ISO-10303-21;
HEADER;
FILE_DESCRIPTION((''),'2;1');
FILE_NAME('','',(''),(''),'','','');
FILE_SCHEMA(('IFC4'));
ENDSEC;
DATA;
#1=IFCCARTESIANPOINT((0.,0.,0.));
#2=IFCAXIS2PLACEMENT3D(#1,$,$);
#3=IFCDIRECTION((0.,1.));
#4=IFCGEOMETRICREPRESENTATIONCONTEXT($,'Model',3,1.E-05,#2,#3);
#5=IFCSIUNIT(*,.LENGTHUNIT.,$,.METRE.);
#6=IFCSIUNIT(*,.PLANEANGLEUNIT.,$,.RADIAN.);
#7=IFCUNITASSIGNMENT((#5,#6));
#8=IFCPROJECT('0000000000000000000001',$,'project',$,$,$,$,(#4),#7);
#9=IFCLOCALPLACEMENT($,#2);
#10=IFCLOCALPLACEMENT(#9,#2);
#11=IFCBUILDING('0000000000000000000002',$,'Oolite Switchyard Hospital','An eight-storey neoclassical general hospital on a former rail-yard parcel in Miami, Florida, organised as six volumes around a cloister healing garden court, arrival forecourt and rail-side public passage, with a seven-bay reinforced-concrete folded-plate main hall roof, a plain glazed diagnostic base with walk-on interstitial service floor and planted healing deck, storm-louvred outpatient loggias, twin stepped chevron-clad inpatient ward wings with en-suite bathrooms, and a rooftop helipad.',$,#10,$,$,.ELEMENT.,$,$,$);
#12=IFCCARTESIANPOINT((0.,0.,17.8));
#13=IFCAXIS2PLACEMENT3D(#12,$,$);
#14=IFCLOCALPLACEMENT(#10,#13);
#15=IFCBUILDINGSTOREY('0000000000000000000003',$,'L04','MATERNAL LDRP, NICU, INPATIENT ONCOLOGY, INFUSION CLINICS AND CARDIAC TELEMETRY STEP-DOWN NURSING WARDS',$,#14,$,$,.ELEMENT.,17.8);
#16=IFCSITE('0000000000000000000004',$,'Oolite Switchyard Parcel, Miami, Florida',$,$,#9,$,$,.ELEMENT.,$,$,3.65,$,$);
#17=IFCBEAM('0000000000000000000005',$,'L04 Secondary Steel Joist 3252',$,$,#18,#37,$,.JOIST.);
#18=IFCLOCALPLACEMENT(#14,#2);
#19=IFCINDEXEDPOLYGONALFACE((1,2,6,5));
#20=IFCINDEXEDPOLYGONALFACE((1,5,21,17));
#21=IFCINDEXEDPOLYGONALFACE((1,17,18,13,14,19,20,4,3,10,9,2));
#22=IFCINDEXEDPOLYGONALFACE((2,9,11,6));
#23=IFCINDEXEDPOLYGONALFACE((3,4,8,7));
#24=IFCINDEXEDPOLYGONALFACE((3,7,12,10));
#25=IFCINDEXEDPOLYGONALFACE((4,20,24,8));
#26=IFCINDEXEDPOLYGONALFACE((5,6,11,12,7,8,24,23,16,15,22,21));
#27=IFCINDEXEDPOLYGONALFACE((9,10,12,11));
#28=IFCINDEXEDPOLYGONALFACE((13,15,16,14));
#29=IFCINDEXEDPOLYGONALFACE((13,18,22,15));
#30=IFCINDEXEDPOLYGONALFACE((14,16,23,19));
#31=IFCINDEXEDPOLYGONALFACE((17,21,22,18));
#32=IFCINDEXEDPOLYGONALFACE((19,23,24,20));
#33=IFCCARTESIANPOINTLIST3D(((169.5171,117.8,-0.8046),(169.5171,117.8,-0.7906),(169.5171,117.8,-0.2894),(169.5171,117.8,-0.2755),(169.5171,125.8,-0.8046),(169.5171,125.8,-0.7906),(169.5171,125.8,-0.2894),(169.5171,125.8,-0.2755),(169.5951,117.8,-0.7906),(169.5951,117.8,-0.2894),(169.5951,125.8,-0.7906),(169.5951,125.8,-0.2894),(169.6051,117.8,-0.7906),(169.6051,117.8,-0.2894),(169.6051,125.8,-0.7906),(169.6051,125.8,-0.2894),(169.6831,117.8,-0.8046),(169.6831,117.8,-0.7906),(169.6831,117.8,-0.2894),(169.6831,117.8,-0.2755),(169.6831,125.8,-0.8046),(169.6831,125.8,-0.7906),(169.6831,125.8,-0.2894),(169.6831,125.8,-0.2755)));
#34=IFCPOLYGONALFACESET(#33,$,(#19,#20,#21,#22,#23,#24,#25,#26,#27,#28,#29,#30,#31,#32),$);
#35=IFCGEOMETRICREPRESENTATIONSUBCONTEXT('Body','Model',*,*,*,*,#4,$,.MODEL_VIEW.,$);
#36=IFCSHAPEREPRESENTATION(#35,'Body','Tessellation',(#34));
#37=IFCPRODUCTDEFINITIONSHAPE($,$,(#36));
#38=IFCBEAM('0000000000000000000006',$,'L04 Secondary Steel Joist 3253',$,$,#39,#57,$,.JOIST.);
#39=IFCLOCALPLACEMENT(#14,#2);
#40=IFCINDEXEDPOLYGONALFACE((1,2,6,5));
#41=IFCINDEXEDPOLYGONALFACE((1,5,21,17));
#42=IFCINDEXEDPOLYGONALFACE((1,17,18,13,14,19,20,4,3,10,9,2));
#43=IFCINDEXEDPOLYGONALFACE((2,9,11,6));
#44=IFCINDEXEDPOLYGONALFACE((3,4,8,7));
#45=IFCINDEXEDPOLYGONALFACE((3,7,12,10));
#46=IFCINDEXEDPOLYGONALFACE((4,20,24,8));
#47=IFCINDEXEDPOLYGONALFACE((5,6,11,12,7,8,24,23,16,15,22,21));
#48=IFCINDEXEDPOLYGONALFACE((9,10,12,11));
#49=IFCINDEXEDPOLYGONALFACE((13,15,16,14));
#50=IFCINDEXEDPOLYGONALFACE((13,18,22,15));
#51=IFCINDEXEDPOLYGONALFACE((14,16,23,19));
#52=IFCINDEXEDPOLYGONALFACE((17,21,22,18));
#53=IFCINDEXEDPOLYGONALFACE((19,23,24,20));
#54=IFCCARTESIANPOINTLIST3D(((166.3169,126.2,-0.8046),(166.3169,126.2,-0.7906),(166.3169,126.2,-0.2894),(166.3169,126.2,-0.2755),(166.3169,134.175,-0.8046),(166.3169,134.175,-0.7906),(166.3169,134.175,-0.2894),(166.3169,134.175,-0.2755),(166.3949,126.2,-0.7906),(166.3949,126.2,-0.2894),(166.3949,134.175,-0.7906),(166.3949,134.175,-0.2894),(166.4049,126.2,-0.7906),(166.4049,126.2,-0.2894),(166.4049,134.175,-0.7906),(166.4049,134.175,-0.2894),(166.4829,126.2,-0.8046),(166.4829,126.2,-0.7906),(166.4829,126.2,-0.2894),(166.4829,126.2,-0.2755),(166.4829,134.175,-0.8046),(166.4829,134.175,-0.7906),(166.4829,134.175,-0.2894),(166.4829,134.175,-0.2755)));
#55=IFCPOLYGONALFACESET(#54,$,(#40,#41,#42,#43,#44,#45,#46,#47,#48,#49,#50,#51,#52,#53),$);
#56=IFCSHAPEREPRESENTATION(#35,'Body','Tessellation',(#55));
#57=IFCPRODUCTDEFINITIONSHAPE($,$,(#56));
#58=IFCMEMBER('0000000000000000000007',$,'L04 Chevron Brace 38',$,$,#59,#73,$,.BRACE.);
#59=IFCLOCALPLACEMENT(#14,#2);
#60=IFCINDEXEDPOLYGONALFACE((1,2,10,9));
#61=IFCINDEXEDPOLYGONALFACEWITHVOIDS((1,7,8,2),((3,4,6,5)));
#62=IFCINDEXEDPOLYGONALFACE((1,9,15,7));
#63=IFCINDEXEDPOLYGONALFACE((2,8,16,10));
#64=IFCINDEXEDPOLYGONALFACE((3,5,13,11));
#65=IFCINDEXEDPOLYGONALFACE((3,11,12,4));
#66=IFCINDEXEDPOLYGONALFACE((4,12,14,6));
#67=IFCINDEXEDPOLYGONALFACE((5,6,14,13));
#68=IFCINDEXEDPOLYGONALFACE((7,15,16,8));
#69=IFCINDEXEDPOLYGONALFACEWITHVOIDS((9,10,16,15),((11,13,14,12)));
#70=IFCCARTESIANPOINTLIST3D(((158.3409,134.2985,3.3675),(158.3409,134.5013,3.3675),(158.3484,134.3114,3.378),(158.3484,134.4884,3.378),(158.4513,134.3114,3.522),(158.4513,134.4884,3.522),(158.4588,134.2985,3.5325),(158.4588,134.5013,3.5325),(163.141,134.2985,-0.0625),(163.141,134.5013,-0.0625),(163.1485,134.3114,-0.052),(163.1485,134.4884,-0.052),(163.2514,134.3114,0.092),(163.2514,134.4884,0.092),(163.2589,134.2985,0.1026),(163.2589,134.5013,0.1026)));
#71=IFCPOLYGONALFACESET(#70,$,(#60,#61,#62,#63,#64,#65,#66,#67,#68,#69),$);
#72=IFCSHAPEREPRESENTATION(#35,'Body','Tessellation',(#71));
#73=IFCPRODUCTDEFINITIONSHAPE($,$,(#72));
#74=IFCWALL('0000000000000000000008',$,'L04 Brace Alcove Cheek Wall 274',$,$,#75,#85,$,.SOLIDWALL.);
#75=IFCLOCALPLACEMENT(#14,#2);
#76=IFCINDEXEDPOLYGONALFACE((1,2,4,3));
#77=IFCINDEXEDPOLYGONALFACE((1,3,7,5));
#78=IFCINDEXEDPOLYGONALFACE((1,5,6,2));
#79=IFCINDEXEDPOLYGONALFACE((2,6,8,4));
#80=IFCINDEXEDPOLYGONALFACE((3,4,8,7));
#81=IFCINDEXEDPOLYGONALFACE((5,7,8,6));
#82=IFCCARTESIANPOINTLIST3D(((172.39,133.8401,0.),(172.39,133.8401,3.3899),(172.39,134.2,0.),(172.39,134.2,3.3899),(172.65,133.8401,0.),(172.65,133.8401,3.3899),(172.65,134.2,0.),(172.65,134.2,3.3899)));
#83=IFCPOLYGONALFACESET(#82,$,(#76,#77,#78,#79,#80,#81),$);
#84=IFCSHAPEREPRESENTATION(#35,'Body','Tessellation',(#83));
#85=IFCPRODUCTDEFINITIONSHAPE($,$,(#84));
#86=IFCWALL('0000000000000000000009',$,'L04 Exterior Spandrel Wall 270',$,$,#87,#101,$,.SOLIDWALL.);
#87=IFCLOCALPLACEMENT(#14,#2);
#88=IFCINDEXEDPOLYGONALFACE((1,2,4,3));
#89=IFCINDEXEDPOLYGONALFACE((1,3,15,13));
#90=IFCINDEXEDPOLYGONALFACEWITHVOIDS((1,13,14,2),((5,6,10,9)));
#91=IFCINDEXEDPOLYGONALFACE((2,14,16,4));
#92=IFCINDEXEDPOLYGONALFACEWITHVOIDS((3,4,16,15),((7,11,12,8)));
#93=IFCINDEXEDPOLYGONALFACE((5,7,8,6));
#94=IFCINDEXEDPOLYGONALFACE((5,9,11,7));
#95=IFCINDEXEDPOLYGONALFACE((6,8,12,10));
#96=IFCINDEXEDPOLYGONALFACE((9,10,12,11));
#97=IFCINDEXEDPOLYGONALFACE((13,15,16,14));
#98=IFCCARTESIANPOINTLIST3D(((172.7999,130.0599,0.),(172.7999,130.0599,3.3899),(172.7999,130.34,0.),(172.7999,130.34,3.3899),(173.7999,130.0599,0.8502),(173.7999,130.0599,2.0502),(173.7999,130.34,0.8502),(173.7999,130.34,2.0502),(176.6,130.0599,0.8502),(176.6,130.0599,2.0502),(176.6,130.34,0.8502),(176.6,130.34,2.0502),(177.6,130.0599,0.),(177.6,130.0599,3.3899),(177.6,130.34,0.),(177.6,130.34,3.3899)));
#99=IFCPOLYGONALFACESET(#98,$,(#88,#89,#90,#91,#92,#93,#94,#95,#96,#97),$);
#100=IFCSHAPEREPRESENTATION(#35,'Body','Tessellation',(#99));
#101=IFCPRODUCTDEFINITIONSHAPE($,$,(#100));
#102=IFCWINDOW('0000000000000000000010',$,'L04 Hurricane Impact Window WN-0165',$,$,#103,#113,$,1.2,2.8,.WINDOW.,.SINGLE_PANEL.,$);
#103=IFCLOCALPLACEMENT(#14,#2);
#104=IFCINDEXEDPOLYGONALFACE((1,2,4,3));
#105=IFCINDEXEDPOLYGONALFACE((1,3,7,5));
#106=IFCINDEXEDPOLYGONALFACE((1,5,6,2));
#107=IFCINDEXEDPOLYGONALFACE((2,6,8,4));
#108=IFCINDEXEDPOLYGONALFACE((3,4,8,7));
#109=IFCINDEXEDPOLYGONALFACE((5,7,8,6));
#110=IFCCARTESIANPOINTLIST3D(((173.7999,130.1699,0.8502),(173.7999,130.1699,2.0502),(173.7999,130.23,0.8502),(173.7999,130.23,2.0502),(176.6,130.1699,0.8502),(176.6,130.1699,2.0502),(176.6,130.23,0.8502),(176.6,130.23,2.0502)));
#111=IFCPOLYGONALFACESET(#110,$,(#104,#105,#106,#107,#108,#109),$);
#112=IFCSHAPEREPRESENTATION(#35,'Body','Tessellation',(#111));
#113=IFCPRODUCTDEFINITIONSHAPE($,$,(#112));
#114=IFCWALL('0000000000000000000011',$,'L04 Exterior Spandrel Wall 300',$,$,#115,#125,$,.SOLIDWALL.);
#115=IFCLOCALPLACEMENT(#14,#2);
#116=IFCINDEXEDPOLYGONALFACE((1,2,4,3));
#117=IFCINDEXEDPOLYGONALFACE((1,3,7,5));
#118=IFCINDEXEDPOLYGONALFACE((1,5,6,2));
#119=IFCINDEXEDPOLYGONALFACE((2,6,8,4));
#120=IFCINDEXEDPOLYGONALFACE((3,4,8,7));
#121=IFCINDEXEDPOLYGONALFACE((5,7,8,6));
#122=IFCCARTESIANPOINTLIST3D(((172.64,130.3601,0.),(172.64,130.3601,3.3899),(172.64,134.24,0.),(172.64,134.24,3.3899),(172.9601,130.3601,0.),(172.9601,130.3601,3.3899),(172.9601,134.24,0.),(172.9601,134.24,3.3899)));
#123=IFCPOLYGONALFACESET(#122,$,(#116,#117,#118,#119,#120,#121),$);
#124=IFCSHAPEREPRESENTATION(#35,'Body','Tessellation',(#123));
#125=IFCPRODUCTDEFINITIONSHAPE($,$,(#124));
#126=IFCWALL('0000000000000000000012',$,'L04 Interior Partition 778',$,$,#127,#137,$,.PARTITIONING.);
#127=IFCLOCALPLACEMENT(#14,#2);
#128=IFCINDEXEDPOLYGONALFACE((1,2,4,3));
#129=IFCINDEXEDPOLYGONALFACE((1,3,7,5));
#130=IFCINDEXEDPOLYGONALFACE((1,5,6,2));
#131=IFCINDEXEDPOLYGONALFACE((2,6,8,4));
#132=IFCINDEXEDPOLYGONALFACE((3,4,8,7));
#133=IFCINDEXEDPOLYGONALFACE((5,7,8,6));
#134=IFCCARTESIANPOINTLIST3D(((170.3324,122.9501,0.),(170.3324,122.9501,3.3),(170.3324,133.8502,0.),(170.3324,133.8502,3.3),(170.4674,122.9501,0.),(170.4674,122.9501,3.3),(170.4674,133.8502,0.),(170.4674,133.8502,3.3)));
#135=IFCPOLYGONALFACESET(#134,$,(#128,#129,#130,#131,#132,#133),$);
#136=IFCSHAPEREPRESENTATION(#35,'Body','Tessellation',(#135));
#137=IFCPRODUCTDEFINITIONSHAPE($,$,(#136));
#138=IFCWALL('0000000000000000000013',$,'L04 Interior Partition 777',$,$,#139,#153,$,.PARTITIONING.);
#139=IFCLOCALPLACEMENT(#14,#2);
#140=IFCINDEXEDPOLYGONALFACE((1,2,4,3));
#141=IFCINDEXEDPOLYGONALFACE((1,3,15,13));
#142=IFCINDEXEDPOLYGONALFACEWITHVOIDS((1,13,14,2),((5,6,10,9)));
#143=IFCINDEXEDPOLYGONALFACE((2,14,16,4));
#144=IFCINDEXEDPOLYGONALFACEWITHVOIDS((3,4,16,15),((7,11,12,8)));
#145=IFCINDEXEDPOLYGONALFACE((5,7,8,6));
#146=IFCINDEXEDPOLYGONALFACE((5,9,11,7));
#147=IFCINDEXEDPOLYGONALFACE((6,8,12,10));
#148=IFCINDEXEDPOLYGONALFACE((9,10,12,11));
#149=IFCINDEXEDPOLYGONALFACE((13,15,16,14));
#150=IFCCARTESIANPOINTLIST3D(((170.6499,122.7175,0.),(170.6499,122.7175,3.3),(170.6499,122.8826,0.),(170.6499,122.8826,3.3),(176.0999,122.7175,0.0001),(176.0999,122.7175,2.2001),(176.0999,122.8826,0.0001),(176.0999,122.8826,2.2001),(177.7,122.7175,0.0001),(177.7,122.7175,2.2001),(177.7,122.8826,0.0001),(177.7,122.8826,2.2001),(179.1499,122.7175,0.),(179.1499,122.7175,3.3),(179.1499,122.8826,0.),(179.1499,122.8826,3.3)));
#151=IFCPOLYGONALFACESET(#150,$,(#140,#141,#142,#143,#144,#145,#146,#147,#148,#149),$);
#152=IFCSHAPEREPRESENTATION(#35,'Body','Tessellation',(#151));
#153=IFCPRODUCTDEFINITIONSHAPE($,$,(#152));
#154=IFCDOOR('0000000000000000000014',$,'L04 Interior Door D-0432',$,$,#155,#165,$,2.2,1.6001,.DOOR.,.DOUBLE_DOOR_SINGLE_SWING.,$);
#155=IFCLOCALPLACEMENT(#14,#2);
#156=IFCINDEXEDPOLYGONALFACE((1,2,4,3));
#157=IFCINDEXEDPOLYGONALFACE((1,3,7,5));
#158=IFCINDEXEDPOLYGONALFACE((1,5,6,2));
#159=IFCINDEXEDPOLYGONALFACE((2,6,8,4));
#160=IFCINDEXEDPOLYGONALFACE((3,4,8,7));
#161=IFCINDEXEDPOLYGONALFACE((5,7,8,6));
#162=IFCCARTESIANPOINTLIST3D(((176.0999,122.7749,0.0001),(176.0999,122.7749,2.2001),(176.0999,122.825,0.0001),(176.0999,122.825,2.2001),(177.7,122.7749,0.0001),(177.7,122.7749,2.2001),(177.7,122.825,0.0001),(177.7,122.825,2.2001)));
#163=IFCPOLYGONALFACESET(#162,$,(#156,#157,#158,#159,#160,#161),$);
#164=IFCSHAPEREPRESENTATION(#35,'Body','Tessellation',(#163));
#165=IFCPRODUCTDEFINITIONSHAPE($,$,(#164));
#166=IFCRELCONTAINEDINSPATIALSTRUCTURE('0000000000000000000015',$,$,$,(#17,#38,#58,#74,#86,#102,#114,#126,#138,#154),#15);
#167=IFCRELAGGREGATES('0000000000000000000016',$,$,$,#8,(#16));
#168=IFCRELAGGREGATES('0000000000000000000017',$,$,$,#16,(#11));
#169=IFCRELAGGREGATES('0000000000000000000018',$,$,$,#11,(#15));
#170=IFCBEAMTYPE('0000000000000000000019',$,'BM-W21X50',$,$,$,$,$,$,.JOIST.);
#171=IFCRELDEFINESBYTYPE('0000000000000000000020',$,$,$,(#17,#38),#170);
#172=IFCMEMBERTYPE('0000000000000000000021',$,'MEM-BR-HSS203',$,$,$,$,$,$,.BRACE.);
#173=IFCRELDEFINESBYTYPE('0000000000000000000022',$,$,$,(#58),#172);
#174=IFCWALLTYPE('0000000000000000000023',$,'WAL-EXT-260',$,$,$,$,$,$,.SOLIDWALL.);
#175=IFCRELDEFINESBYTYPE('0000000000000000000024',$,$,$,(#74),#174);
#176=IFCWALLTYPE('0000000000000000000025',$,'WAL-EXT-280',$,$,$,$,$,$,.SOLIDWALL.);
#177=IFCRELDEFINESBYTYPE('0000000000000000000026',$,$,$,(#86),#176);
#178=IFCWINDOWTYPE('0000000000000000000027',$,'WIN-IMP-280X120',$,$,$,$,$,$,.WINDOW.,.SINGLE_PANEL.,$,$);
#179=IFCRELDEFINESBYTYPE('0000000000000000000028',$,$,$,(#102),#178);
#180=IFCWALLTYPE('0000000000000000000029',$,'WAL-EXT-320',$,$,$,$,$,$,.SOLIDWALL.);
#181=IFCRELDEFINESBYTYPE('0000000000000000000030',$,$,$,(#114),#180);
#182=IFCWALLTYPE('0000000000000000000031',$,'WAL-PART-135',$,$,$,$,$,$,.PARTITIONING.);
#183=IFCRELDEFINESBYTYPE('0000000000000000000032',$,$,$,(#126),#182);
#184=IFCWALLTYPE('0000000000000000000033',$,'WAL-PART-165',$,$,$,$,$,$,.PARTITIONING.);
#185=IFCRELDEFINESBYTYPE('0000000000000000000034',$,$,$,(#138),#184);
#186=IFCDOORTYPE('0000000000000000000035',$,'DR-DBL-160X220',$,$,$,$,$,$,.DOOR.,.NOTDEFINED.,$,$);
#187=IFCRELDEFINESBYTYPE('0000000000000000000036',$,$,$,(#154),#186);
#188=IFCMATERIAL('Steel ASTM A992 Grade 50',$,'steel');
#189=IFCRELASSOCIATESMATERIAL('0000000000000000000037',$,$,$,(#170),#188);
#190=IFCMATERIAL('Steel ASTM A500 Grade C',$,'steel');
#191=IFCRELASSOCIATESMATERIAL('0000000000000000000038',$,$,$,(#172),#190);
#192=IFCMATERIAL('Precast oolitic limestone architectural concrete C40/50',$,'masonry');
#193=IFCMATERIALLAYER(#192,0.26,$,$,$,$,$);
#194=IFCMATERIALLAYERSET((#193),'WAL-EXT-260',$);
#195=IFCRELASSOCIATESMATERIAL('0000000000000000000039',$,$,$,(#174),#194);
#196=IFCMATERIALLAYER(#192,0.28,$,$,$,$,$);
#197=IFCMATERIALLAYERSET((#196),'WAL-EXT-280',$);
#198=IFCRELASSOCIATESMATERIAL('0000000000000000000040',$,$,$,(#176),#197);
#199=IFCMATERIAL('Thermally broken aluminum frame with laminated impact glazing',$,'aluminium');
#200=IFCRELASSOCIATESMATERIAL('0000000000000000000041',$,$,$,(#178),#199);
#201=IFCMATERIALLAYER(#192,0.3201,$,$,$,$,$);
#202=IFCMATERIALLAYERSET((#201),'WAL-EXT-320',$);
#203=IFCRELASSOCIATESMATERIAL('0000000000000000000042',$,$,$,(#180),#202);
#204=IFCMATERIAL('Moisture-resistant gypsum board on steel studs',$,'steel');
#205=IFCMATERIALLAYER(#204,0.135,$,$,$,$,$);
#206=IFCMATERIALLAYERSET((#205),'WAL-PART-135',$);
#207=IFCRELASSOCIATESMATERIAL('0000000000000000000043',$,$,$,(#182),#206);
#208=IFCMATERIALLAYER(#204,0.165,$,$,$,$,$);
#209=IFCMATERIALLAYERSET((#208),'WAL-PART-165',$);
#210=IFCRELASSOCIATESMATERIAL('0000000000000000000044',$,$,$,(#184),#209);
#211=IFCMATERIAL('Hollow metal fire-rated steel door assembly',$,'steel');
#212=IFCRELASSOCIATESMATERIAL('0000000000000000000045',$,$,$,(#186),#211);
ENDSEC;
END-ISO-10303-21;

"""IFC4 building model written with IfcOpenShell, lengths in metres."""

from ifc_helpers import new_model, si_unit, direction, frame, frame_2d, origin, origin_2d, place, context, subcontext, project, spatial, rectangle, hollow_rectangle, i_section, extrude, material, layer, layer_set, material_profile, profile_set, type_object, element, fill, save


model = new_model("IFC4")

# Units and contexts
model_context = context("Model", 3, precision=1e-05, world=origin(), true_north=direction((0.0, 1.0)))
body_context = subcontext(model_context, "Body", "Model", "MODEL_VIEW")
ifc_project = project(units=[si_unit("LENGTHUNIT", "METRE"), si_unit("PLANEANGLEUNIT", "RADIAN")], contexts=[model_context])

# Site, building, storey
site_placement = place(None, origin())
site = spatial("IfcSite", under=ifc_project, at=site_placement, Name="Oolite Switchyard Parcel, Miami, Florida", CompositionType="ELEMENT", RefElevation=3.65)
building_placement = place(site_placement, origin())
building = spatial("IfcBuilding", under=site, at=building_placement, Name="Oolite Switchyard Hospital", Description="An eight-storey neoclassical general hospital on a former rail-yard parcel in Miami, Florida, organised as six volumes around a cloister healing garden court, arrival forecourt and rail-side public passage, with a seven-bay reinforced-concrete folded-plate main hall roof, a plain glazed diagnostic base with walk-on interstitial service floor and planted healing deck, storm-louvred outpatient loggias, twin stepped chevron-clad inpatient ward wings with en-suite bathrooms, and a rooftop helipad.", CompositionType="ELEMENT")
storey_placement = place(building_placement, frame((0.0, 0.0, 17.8)))
storey = spatial("IfcBuildingStorey", under=building, at=storey_placement, Name="L04", Description="MATERNAL LDRP, NICU, INPATIENT ONCOLOGY, INFUSION CLINICS AND CARDIAC TELEMETRY STEP-DOWN NURSING WARDS", CompositionType="ELEMENT", Elevation=17.8)

# Beams
ifc_material_1 = material(Name="Steel ASTM A992 Grade 50", Category="steel")
ifc_material_profile_1 = material_profile(ifc_material_1, i_section(OverallWidth=0.166, OverallDepth=0.5291, WebThickness=0.01, FlangeThickness=0.0139, at=origin_2d()), Name="W21X50")
ifc_profile_set_1 = profile_set([ifc_material_profile_1], Name="Steel ASTM A992 Grade 50")
beam_type_1 = type_object("IfcBeamType", Name="BM-W21X50", PredefinedType="JOIST", material=ifc_profile_set_1)
beam_1_placement = place(storey_placement, frame((169.6001, 117.8, -0.54), z_axis=(0.0, 1.0, 0.0), x_axis=(-1.0, 0.0, 0.0)))
element("IfcBeam", 1, at=beam_1_placement, inside=storey, type_object=beam_type_1, Name="L04 Secondary Steel Joist 3252", PredefinedType="JOIST", context=body_context, shape_type="SweptSolid", body=[
    extrude(i_section(OverallWidth=0.166, OverallDepth=0.5291, WebThickness=0.01, FlangeThickness=0.0139, at=origin_2d()), origin(), (0.0, 0.0, 1.0), 8.0),
])
beam_2_placement = place(storey_placement, frame((166.3999, 126.2, -0.54), z_axis=(0.0, 1.0, 0.0), x_axis=(-1.0, 0.0, 0.0)))
element("IfcBeam", 2, at=beam_2_placement, inside=storey, type_object=beam_type_1, Name="L04 Secondary Steel Joist 3253", PredefinedType="JOIST", context=body_context, shape_type="SweptSolid", body=[
    extrude(i_section(OverallWidth=0.166, OverallDepth=0.5291, WebThickness=0.01, FlangeThickness=0.0139, at=origin_2d()), origin(), (0.0, 0.0, 1.0), 7.9751),
])

# Member
ifc_material_2 = material(Name="Steel ASTM A500 Grade C", Category="steel")
ifc_material_profile_2 = material_profile(ifc_material_2, hollow_rectangle(XDim=0.2029, YDim=0.2029, WallThickness=0.0129, at=origin_2d()), Name="HSS203X203X13")
ifc_profile_set_2 = profile_set([ifc_material_profile_2], Name="Steel ASTM A500 Grade C")
member_type = type_object("IfcMemberType", Name="MEM-BR-HSS203", PredefinedType="BRACE", material=ifc_profile_set_2)
member_placement = place(storey_placement, frame((163.2, 134.3999, 0.02), z_axis=(-0.813627, 0.0, 0.581387), x_axis=(0.0, -1.0, 0.0)))
element("IfcMember", 3, at=member_placement, inside=storey, type_object=member_type, Name="L04 Chevron Brace 38", PredefinedType="BRACE", context=body_context, shape_type="SweptSolid", body=[
    extrude(hollow_rectangle(XDim=0.2029, YDim=0.2029, WallThickness=0.0129, at=origin_2d()), origin(), (0.0, 0.0, 1.0), 5.8997),
])

# Wall
ifc_material_3 = material(Name="Precast oolitic limestone architectural concrete C40/50", Category="masonry")
ifc_layer_1 = layer(ifc_material_3, 0.26)
ifc_layer_set_1 = layer_set([ifc_layer_1], Name="WAL-EXT-260")
wall_type_1 = type_object("IfcWallType", Name="WAL-EXT-260", PredefinedType="SOLIDWALL", material=ifc_layer_set_1)
wall_1_placement = place(storey_placement, frame((172.52, 134.2, 0.0), z_axis=(0.0, 0.0, 1.0), x_axis=(0.0, -1.0, 0.0)))
element("IfcWall", 4, at=wall_1_placement, inside=storey, type_object=wall_type_1, Name="L04 Brace Alcove Cheek Wall 274", PredefinedType="SOLIDWALL", context=body_context, shape_type="SweptSolid", body=[
    extrude(rectangle(XDim=0.3599, YDim=0.26, at=frame_2d((0.1799, 0.0))), origin(), (0.0, 0.0, 1.0), 3.3899),
])

# Wall, opening, window
ifc_layer_2 = layer(ifc_material_3, 0.28)
ifc_layer_set_2 = layer_set([ifc_layer_2], Name="WAL-EXT-280")
wall_type_2 = type_object("IfcWallType", Name="WAL-EXT-280", PredefinedType="SOLIDWALL", material=ifc_layer_set_2)
wall_2_placement = place(storey_placement, frame((172.8, 130.2, 0.0), z_axis=(0.0, 0.0, 1.0), x_axis=(1.0, 0.0, 0.0)))
wall_2 = element("IfcWall", 5, at=wall_2_placement, inside=storey, type_object=wall_type_2, Name="L04 Exterior Spandrel Wall 270", PredefinedType="SOLIDWALL", context=body_context, shape_type="SweptSolid", body=[
    extrude(rectangle(XDim=4.8, YDim=0.28, at=frame_2d((2.3999, 0.0))), origin(), (0.0, 0.0, 1.0), 3.3899),
])
opening_1_placement = place(wall_2_placement, frame((1.0, 0.0, 0.8501)))
opening_1 = element("IfcOpeningElement", 6, at=opening_1_placement, cuts=wall_2, PredefinedType="OPENING", context=body_context, shape_type="SweptSolid", body=[
    extrude(rectangle(XDim=2.8, YDim=1.2, at=frame_2d((1.3999, 0.6001))), frame((0.0, 0.1499, 0.0), z_axis=(0.0, -1.0, 0.0), x_axis=(1.0, 0.0, 0.0)), (0.0, 0.0, 1.0), 0.3),
])
ifc_material_4 = material(Name="Thermally broken aluminum frame with laminated impact glazing", Category="aluminium")
window_type = type_object("IfcWindowType", Name="WIN-IMP-280X120", PartitioningType="SINGLE_PANEL", PredefinedType="WINDOW", material=ifc_material_4)
window_placement = place(opening_1_placement, origin())
window = element("IfcWindow", 7, at=window_placement, inside=storey, type_object=window_type, Name="L04 Hurricane Impact Window WN-0165", OverallHeight=1.2, OverallWidth=2.8, PartitioningType="SINGLE_PANEL", PredefinedType="WINDOW", context=body_context, shape_type="SweptSolid", body=[
    extrude(rectangle(XDim=2.8, YDim=1.2, at=frame_2d((1.3999, 0.6001))), frame((0.0, 0.03, 0.0), z_axis=(0.0, -1.0, 0.0), x_axis=(1.0, 0.0, 0.0)), (0.0, 0.0, 1.0), 0.0601),
])
fill(opening_1, window)

# Walls
ifc_layer_3 = layer(ifc_material_3, 0.3201)
ifc_layer_set_3 = layer_set([ifc_layer_3], Name="WAL-EXT-320")
wall_type_3 = type_object("IfcWallType", Name="WAL-EXT-320", PredefinedType="SOLIDWALL", material=ifc_layer_set_3)
wall_3_placement = place(storey_placement, frame((172.8, 134.24, 0.0), z_axis=(0.0, 0.0, 1.0), x_axis=(0.0, -1.0, 0.0)))
element("IfcWall", 8, at=wall_3_placement, inside=storey, type_object=wall_type_3, Name="L04 Exterior Spandrel Wall 300", PredefinedType="SOLIDWALL", context=body_context, shape_type="SweptSolid", body=[
    extrude(rectangle(XDim=3.8799, YDim=0.3201, at=frame_2d((1.9399, 0.0))), origin(), (0.0, 0.0, 1.0), 3.3899),
])
ifc_material_5 = material(Name="Moisture-resistant gypsum board on steel studs", Category="steel")
ifc_layer_4 = layer(ifc_material_5, 0.135)
ifc_layer_set_4 = layer_set([ifc_layer_4], Name="WAL-PART-135")
wall_type_4 = type_object("IfcWallType", Name="WAL-PART-135", PredefinedType="PARTITIONING", material=ifc_layer_set_4)
wall_4_placement = place(storey_placement, frame((170.3999, 122.95, 0.0), z_axis=(0.0, 0.0, 1.0), x_axis=(0.0, 1.0, 0.0)))
element("IfcWall", 9, at=wall_4_placement, inside=storey, type_object=wall_type_4, Name="L04 Interior Partition 778", PredefinedType="PARTITIONING", context=body_context, shape_type="SweptSolid", body=[
    extrude(rectangle(XDim=10.9001, YDim=0.135, at=frame_2d((5.4502, 0.0))), origin(), (0.0, 0.0, 1.0), 3.3),
])

# Wall, opening, door
ifc_layer_5 = layer(ifc_material_5, 0.165)
ifc_layer_set_5 = layer_set([ifc_layer_5], Name="WAL-PART-165")
wall_type_5 = type_object("IfcWallType", Name="WAL-PART-165", PredefinedType="PARTITIONING", material=ifc_layer_set_5)
wall_5_placement = place(storey_placement, frame((170.6499, 122.8, 0.0), z_axis=(0.0, 0.0, 1.0), x_axis=(1.0, 0.0, 0.0)))
wall_5 = element("IfcWall", 10, at=wall_5_placement, inside=storey, type_object=wall_type_5, Name="L04 Interior Partition 777", PredefinedType="PARTITIONING", context=body_context, shape_type="SweptSolid", body=[
    extrude(rectangle(XDim=8.5, YDim=0.165, at=frame_2d((4.25, 0.0))), origin(), (0.0, 0.0, 1.0), 3.3),
])
opening_2_placement = place(wall_5_placement, frame((5.45, 0.0, 0.0)))
opening_2 = element("IfcOpeningElement", 11, at=opening_2_placement, cuts=wall_5, PredefinedType="OPENING", context=body_context, shape_type="SweptSolid", body=[
    extrude(rectangle(XDim=1.6001, YDim=2.2, at=frame_2d((0.8, 1.1001))), frame((0.0, 0.0925, 0.0), z_axis=(0.0, -1.0, 0.0), x_axis=(1.0, 0.0, 0.0)), (0.0, 0.0, 1.0), 0.1851),
])
ifc_material_6 = material(Name="Hollow metal fire-rated steel door assembly", Category="steel")
door_type = type_object("IfcDoorType", Name="DR-DBL-160X220", OperationType="NOTDEFINED", PredefinedType="DOOR", material=ifc_material_6)
door_placement = place(opening_2_placement, origin())
door = element("IfcDoor", 12, at=door_placement, inside=storey, type_object=door_type, Name="L04 Interior Door D-0432", OperationType="DOUBLE_DOOR_SINGLE_SWING", OverallHeight=2.2, OverallWidth=1.6001, PredefinedType="DOOR", context=body_context, shape_type="SweptSolid", body=[
    extrude(rectangle(XDim=1.6001, YDim=2.2, at=frame_2d((0.8, 1.1001))), frame((0.0, 0.0249, 0.0), z_axis=(0.0, -1.0, 0.0), x_axis=(1.0, 0.0, 0.0)), (0.0, 0.0, 1.0), 0.05),
])
fill(opening_2, door)

save(model, "model.ifc")
